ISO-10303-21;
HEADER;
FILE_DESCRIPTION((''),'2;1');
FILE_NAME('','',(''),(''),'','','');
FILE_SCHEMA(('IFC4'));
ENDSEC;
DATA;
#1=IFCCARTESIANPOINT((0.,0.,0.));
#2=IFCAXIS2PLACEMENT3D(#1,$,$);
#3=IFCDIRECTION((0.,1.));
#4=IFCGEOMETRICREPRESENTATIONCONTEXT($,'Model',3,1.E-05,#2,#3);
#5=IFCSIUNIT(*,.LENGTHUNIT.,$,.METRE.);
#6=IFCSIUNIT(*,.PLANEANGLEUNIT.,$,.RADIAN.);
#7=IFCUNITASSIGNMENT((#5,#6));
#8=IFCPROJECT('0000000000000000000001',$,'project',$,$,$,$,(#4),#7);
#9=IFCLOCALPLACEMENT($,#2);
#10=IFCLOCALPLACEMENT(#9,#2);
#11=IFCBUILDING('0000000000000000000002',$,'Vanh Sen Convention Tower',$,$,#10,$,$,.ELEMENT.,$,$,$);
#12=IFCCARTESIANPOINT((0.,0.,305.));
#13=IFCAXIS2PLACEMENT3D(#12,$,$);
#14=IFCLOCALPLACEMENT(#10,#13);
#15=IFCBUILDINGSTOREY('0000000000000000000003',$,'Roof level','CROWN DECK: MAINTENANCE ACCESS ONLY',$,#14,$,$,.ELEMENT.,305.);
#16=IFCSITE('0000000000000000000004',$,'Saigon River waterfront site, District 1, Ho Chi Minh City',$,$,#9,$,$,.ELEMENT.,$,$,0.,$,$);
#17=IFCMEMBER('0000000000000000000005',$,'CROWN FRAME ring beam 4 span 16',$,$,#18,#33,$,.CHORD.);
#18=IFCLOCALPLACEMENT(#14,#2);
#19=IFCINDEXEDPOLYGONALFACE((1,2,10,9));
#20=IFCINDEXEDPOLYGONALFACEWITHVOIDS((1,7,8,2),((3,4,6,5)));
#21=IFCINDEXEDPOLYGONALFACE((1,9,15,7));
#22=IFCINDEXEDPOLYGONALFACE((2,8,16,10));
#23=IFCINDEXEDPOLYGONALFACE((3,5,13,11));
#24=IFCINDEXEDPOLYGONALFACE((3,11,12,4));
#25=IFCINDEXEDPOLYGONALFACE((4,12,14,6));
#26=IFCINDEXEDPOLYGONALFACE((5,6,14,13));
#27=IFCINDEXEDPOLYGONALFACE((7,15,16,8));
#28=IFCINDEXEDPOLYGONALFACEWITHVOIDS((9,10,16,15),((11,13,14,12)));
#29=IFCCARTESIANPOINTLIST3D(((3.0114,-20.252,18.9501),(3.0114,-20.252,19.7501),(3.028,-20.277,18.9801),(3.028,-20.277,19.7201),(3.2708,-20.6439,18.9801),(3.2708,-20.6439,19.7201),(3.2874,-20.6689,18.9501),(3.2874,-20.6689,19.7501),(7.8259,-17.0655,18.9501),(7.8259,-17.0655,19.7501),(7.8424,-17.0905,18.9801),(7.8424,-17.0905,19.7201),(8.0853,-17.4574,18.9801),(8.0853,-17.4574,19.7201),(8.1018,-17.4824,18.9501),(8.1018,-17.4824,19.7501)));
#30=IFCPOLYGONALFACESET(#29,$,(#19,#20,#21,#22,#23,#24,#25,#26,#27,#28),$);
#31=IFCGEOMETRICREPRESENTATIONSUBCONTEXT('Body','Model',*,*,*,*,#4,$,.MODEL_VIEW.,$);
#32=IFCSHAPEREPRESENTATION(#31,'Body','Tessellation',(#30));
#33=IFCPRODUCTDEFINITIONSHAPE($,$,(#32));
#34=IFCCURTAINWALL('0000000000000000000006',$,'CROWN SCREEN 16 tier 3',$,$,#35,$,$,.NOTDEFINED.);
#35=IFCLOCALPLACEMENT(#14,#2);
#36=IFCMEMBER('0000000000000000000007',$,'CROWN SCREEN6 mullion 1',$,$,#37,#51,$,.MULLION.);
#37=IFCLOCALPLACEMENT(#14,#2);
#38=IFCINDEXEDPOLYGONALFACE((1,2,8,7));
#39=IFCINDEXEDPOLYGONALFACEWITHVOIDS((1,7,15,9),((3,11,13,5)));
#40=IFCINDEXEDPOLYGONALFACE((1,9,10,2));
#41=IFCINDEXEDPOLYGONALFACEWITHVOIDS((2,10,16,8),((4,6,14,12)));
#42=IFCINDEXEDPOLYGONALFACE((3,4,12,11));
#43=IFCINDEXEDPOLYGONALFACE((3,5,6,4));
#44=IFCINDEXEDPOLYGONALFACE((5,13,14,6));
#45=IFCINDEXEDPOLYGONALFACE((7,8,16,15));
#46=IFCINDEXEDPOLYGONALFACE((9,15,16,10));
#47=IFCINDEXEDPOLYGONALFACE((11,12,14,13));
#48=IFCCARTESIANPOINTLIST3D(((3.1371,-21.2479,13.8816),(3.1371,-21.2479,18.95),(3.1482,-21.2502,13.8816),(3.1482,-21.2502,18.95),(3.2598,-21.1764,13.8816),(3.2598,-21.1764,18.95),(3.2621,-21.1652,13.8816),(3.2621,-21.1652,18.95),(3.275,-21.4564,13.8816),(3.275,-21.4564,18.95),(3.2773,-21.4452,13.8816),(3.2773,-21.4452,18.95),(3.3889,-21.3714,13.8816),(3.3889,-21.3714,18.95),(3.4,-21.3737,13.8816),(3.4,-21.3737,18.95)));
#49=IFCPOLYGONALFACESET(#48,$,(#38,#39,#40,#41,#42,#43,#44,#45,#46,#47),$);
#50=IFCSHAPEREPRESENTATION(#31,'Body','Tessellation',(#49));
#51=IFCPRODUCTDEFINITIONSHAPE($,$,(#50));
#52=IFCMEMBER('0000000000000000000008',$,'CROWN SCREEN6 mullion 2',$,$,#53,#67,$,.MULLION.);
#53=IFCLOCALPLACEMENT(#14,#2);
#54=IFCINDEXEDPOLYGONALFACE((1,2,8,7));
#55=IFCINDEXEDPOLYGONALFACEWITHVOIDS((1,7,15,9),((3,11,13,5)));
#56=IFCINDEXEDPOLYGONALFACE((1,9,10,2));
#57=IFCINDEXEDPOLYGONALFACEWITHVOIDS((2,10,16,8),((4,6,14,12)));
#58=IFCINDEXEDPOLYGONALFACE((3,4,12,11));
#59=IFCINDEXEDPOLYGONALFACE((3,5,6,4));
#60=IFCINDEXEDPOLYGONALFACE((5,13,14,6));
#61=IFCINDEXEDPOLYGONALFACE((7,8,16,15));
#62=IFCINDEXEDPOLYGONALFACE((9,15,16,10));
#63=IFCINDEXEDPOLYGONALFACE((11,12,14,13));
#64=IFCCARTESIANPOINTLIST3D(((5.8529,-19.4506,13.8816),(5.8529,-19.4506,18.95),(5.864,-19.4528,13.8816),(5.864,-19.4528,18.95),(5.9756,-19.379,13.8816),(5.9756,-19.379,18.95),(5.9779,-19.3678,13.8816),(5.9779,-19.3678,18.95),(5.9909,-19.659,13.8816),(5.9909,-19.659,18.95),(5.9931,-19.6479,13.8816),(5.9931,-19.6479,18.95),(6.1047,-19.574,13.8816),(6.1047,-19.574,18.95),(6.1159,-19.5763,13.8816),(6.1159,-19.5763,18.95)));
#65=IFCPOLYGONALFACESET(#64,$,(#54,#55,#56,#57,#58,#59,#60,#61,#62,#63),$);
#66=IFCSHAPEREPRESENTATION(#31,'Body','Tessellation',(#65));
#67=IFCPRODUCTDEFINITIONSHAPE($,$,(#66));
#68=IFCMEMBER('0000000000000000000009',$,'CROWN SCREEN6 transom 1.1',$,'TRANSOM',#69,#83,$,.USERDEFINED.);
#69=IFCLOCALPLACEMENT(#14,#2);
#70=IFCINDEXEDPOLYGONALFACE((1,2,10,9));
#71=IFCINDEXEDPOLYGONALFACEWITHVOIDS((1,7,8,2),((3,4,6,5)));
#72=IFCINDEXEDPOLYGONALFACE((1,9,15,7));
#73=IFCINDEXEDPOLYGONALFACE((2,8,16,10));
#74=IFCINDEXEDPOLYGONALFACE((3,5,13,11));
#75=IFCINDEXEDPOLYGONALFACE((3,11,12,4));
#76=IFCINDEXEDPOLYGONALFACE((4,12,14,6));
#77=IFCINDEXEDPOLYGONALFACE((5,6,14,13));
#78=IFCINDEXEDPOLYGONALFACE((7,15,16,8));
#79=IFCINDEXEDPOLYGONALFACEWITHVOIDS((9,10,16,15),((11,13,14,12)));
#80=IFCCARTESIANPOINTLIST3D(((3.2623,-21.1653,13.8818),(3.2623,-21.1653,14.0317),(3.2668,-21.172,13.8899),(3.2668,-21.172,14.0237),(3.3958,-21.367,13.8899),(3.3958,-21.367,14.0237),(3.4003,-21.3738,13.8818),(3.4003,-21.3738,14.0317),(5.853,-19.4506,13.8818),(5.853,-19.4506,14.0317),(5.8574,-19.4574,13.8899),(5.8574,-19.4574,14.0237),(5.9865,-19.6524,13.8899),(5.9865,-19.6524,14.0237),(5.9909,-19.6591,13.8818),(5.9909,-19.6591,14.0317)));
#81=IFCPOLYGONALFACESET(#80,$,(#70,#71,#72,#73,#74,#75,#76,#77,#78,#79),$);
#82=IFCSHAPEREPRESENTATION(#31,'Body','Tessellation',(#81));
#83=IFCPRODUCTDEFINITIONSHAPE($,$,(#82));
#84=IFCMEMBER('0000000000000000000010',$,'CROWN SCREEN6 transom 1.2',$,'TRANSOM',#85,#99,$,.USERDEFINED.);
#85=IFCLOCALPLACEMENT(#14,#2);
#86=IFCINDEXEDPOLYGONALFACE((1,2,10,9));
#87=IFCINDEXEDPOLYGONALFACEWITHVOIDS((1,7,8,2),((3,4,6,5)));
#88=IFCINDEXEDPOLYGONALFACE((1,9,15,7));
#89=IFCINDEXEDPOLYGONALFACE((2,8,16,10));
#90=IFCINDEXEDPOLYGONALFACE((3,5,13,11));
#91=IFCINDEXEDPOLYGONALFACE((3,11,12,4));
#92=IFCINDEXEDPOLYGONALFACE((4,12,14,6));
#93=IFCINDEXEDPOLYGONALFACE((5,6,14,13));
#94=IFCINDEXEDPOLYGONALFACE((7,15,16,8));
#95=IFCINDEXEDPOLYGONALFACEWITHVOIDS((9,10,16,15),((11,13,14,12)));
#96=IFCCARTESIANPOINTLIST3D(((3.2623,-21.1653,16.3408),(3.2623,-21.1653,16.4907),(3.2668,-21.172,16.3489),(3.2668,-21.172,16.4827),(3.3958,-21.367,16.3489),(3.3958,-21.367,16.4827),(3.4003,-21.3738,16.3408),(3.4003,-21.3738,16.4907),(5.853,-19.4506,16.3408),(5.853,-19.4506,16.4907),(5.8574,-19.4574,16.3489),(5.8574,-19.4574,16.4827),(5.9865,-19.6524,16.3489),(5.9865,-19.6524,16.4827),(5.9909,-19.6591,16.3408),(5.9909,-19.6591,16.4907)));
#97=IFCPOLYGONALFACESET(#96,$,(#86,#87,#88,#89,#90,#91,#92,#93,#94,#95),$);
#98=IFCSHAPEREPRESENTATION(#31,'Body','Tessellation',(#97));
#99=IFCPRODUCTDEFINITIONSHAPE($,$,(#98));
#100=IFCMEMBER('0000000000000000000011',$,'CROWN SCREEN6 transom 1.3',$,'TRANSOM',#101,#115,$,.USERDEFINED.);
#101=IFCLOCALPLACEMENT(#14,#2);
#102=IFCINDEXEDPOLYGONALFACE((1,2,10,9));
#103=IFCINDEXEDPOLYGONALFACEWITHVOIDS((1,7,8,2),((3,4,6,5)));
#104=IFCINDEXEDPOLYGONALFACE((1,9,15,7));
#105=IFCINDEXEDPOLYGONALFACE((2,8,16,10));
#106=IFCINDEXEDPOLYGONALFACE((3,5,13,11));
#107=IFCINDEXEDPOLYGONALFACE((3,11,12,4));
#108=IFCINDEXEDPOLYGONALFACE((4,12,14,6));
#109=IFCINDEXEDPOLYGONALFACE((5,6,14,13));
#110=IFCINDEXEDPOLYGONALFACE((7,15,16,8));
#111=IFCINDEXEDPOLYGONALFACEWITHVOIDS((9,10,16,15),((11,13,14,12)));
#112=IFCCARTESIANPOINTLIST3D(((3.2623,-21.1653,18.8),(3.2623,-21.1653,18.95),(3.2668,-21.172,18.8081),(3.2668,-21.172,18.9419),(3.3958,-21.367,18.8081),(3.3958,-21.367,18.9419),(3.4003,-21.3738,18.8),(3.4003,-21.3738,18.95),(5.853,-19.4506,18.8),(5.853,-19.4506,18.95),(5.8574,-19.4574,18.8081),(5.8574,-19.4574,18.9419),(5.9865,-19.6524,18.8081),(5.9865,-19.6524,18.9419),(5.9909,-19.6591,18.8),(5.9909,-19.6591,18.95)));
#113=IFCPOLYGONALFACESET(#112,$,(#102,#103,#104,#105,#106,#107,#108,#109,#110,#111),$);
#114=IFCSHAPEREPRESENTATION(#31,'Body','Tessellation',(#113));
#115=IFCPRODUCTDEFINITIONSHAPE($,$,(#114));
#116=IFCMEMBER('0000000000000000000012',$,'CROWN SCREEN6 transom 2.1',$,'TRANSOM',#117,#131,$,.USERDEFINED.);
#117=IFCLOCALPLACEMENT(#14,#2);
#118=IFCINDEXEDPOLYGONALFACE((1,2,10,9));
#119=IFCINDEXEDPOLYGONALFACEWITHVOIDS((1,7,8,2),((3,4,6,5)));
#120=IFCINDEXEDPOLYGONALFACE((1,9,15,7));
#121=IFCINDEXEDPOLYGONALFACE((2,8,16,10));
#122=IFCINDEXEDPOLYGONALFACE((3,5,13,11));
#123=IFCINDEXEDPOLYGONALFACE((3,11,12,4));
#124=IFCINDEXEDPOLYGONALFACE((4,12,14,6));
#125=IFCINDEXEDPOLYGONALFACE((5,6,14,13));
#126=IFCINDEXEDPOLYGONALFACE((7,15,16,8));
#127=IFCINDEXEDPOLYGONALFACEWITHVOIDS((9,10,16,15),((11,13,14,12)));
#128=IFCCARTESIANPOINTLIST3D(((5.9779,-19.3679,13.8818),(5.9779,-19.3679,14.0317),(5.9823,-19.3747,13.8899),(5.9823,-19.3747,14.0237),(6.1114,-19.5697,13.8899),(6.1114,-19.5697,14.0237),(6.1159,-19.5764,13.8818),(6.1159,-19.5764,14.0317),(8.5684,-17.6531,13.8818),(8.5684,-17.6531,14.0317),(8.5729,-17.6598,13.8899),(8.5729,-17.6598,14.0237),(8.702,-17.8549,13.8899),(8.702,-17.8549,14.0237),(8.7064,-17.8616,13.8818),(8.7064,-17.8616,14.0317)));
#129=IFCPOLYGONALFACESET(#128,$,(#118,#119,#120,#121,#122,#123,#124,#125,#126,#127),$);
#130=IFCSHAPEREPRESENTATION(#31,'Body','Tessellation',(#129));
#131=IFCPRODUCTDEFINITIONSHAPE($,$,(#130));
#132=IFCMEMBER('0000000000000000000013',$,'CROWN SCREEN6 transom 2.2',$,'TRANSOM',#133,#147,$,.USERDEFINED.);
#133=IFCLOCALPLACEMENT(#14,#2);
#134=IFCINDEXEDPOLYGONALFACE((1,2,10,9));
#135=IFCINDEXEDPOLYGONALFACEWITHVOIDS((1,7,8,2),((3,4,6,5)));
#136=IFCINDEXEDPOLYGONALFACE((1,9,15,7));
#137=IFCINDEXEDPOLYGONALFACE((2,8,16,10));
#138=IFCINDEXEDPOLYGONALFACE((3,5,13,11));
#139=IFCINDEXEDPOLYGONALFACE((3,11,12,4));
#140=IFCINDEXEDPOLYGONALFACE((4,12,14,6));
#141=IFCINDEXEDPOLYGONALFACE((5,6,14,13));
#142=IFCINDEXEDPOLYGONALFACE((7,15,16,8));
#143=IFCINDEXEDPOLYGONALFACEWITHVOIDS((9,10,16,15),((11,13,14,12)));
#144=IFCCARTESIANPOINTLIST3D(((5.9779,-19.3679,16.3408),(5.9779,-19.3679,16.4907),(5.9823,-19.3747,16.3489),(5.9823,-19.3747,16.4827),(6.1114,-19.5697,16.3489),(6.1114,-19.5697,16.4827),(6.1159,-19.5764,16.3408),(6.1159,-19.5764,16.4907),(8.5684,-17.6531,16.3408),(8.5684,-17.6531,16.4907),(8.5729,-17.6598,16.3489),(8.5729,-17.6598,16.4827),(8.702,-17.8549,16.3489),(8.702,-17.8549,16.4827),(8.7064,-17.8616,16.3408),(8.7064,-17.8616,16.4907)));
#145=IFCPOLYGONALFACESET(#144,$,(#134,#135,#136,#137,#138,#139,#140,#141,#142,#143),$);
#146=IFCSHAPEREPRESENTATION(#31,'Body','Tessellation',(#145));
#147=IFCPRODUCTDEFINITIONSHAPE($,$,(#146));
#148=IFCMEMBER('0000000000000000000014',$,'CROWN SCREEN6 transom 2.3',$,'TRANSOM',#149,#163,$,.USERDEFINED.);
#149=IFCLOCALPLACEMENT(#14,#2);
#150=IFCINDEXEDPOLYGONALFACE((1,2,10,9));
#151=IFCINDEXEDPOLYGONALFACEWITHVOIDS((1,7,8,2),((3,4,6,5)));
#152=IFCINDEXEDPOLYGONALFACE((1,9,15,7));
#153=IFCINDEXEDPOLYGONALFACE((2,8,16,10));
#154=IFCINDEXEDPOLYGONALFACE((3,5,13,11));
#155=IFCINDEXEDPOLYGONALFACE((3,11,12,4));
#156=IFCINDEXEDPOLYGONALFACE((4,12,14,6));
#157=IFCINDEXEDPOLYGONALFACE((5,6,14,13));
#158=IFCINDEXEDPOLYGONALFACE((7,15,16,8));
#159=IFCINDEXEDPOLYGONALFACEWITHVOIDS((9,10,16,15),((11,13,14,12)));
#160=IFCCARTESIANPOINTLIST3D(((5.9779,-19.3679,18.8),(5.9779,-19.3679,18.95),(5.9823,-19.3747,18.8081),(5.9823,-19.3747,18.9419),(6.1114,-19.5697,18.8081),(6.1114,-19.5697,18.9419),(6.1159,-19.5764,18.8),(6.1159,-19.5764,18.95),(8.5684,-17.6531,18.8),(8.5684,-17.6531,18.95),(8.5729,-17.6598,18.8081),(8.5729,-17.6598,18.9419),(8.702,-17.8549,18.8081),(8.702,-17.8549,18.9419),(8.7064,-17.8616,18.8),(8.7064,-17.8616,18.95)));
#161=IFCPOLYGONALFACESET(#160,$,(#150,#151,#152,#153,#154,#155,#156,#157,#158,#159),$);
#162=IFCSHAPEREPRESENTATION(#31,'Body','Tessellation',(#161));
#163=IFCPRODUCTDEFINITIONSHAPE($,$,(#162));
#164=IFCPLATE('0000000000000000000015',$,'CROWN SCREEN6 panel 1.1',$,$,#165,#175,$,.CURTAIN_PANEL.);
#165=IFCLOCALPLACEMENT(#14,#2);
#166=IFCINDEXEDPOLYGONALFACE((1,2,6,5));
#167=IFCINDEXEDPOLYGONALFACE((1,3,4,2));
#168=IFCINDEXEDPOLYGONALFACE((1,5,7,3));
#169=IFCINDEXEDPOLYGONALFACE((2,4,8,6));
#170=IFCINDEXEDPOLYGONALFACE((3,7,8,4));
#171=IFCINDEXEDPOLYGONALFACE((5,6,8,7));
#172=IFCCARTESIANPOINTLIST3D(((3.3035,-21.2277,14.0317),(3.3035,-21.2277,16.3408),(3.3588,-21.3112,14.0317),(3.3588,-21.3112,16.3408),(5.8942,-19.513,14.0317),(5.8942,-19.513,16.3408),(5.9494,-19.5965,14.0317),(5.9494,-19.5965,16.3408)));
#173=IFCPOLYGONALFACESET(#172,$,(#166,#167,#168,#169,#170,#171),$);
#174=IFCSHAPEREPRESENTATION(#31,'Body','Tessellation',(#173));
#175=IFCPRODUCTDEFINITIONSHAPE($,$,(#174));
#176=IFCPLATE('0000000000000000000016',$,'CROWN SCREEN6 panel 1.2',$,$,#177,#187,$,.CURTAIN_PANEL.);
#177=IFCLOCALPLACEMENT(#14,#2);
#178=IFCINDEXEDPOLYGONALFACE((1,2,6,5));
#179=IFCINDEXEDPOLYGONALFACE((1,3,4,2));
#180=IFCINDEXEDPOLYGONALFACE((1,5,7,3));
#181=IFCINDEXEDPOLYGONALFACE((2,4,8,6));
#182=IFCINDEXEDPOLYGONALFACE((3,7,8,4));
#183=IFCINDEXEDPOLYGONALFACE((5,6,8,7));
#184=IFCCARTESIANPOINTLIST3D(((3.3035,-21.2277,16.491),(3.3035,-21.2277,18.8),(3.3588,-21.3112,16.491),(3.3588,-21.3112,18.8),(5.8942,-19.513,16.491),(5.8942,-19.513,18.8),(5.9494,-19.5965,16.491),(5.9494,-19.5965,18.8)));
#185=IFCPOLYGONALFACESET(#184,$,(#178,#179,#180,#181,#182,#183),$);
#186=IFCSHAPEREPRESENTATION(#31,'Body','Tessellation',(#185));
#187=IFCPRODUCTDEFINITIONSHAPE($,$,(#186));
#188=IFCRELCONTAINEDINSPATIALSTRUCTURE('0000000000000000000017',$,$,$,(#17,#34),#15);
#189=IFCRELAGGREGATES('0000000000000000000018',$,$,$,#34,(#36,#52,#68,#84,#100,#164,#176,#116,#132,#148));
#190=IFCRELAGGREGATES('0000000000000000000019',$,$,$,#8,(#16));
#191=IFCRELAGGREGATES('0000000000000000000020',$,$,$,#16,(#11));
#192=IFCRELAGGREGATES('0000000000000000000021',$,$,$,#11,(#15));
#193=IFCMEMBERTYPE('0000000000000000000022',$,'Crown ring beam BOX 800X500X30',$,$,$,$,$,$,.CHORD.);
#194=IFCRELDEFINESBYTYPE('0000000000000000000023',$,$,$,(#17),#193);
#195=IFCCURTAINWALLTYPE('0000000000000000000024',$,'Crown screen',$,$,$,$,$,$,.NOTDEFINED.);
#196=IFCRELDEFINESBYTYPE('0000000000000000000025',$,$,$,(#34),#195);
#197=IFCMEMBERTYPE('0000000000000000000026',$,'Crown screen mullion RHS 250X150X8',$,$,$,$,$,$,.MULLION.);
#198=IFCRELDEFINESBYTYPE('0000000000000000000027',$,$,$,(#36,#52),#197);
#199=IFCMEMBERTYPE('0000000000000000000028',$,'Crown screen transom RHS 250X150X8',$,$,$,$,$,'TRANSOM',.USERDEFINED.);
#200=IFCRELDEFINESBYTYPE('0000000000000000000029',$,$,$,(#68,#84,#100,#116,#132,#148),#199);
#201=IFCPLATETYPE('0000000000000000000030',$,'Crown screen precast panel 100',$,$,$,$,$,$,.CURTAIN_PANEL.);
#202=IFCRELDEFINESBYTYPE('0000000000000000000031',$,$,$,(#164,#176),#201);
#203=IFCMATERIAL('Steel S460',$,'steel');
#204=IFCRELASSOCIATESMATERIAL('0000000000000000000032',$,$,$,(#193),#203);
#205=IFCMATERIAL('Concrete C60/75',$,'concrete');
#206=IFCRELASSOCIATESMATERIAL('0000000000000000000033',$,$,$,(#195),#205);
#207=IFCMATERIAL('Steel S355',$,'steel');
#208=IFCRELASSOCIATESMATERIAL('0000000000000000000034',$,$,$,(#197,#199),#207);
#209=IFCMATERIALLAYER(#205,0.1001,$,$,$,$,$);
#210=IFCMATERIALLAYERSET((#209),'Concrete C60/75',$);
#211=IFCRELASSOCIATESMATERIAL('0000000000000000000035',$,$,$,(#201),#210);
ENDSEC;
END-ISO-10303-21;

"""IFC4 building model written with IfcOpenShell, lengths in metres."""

from ifc_helpers import new_model, si_unit, direction, frame, origin, origin_2d, place, context, subcontext, project, spatial, rectangle, hollow_rectangle, extrude, material, layer, layer_set, material_profile, profile_set, type_object, element, aggregate, save


model = new_model("IFC4")

# Units and contexts
model_context = context("Model", 3, precision=1e-05, world=origin(), true_north=direction((0.0, 1.0)))
body_context = subcontext(model_context, "Body", "Model", "MODEL_VIEW")
ifc_project = project(units=[si_unit("LENGTHUNIT", "METRE"), si_unit("PLANEANGLEUNIT", "RADIAN")], contexts=[model_context])

# Site, building, storey
site_placement = place(None, origin())
site = spatial("IfcSite", under=ifc_project, at=site_placement, Name="Saigon River waterfront site, District 1, Ho Chi Minh City", CompositionType="ELEMENT", RefElevation=0.0)
building_placement = place(site_placement, origin())
building = spatial("IfcBuilding", under=site, at=building_placement, Name="Vanh Sen Convention Tower", CompositionType="ELEMENT")
storey_placement = place(building_placement, frame((0.0, 0.0, 305.0)))
storey = spatial("IfcBuildingStorey", under=building, at=storey_placement, Name="Roof level", Description="CROWN DECK: MAINTENANCE ACCESS ONLY", CompositionType="ELEMENT", Elevation=305.0)

# Member
ifc_material_1 = material(Name="Steel S460", Category="steel")
ifc_material_profile_1 = material_profile(ifc_material_1, hollow_rectangle(XDim=0.5, YDim=0.8, WallThickness=0.03, at=origin_2d()), Name="BOX 800X500X30")
ifc_profile_set_1 = profile_set([ifc_material_profile_1], Name="Steel S460")
member_type_1 = type_object("IfcMemberType", Name="Crown ring beam BOX 800X500X30", PredefinedType="CHORD", material=ifc_profile_set_1)
member_1_placement = place(storey_placement, frame((3.1494, -20.4604, 19.3501), z_axis=(0.833893, 0.551926, 0.0), x_axis=(-0.551926, 0.833893, 0.0)))
element("IfcMember", 1, at=member_1_placement, inside=storey, type_object=member_type_1, Name="CROWN FRAME ring beam 4 span 16", PredefinedType="CHORD", context=body_context, shape_type="SweptSolid", body=[
    extrude(hollow_rectangle(XDim=0.5, YDim=0.8, WallThickness=0.03, at=origin_2d()), origin(), (0.0, 0.0, 1.0), 5.7734),
])

# Curtain wall, members, plates
ifc_material_2 = material(Name="Concrete C60/75", Category="concrete")
curtain_wall_type = type_object("IfcCurtainWallType", Name="Crown screen", PredefinedType="NOTDEFINED", material=ifc_material_2)
curtain_wall_placement = place(storey_placement, origin())
curtain_wall = element("IfcCurtainWall", 2, at=curtain_wall_placement, inside=storey, type_object=curtain_wall_type, Name="CROWN SCREEN 16 tier 3", PredefinedType="NOTDEFINED")
ifc_material_3 = material(Name="Steel S355", Category="steel")
ifc_material_profile_2 = material_profile(ifc_material_3, hollow_rectangle(XDim=0.25, YDim=0.1499, WallThickness=0.0081, at=origin_2d()), Name="RHS 250X150X8")
ifc_profile_set_2 = profile_set([ifc_material_profile_2], Name="Steel S355")
member_type_2 = type_object("IfcMemberType", Name="Crown screen mullion RHS 250X150X8", PredefinedType="MULLION", material=ifc_profile_set_2)
member_2_placement = place(storey_placement, frame((3.2686, -21.3108, 13.8816), z_axis=(0.0, 0.0, 1.0), x_axis=(-0.55193, 0.83389, 0.0)))
member_2 = element("IfcMember", 3, at=member_2_placement, type_object=member_type_2, Name="CROWN SCREEN6 mullion 1", PredefinedType="MULLION", context=body_context, shape_type="SweptSolid", body=[
    extrude(hollow_rectangle(XDim=0.25, YDim=0.1499, WallThickness=0.0081, at=origin_2d()), origin(), (0.0, 0.0, 1.0), 5.0684),
])
member_3_placement = place(storey_placement, frame((5.9844, -19.5134, 13.8816), z_axis=(0.0, 0.0, 1.0), x_axis=(-0.55193, 0.83389, 0.0)))
member_3 = element("IfcMember", 4, at=member_3_placement, type_object=member_type_2, Name="CROWN SCREEN6 mullion 2", PredefinedType="MULLION", context=body_context, shape_type="SweptSolid", body=[
    extrude(hollow_rectangle(XDim=0.25, YDim=0.1499, WallThickness=0.0081, at=origin_2d()), origin(), (0.0, 0.0, 1.0), 5.0684),
])
ifc_material_profile_3 = material_profile(ifc_material_3, hollow_rectangle(XDim=0.25, YDim=0.1499, WallThickness=0.0081, at=origin_2d()), Name="RHS 250X150X8")
ifc_profile_set_3 = profile_set([ifc_material_profile_3], Name="Steel S355")
member_type_3 = type_object("IfcMemberType", Name="Crown screen transom RHS 250X150X8", ElementType="TRANSOM", PredefinedType="USERDEFINED", material=ifc_profile_set_3)
member_4_placement = place(storey_placement, frame((3.3313, -21.2695, 13.9568), z_axis=(0.833896, 0.551922, 0.0), x_axis=(-0.551922, 0.833896, 0.0)))
member_4 = element("IfcMember", 5, at=member_4_placement, type_object=member_type_3, Name="CROWN SCREEN6 transom 1.1", ObjectType="TRANSOM", PredefinedType="USERDEFINED", context=body_context, shape_type="SweptSolid", body=[
    extrude(hollow_rectangle(XDim=0.25, YDim=0.1499, WallThickness=0.0081, at=origin_2d()), origin(), (0.0, 0.0, 1.0), 3.1067),
])
member_5_placement = place(storey_placement, frame((3.3313, -21.2695, 16.4158), z_axis=(0.833896, 0.551922, 0.0), x_axis=(-0.551922, 0.833896, 0.0)))
member_5 = element("IfcMember", 6, at=member_5_placement, type_object=member_type_3, Name="CROWN SCREEN6 transom 1.2", ObjectType="TRANSOM", PredefinedType="USERDEFINED", context=body_context, shape_type="SweptSolid", body=[
    extrude(hollow_rectangle(XDim=0.25, YDim=0.1499, WallThickness=0.0081, at=origin_2d()), origin(), (0.0, 0.0, 1.0), 3.1067),
])
member_6_placement = place(storey_placement, frame((3.3313, -21.2695, 18.875), z_axis=(0.833896, 0.551922, 0.0), x_axis=(-0.551922, 0.833896, 0.0)))
member_6 = element("IfcMember", 7, at=member_6_placement, type_object=member_type_3, Name="CROWN SCREEN6 transom 1.3", ObjectType="TRANSOM", PredefinedType="USERDEFINED", context=body_context, shape_type="SweptSolid", body=[
    extrude(hollow_rectangle(XDim=0.25, YDim=0.1499, WallThickness=0.0081, at=origin_2d()), origin(), (0.0, 0.0, 1.0), 3.1067),
])
member_7_placement = place(storey_placement, frame((6.0469, -19.4722, 13.9568), z_axis=(0.833859, 0.551977, 0.0), x_axis=(-0.551977, 0.833859, 0.0)))
member_7 = element("IfcMember", 8, at=member_7_placement, type_object=member_type_3, Name="CROWN SCREEN6 transom 2.1", ObjectType="TRANSOM", PredefinedType="USERDEFINED", context=body_context, shape_type="SweptSolid", body=[
    extrude(hollow_rectangle(XDim=0.25, YDim=0.1499, WallThickness=0.0081, at=origin_2d()), origin(), (0.0, 0.0, 1.0), 3.1067),
])
member_8_placement = place(storey_placement, frame((6.0469, -19.4722, 16.4158), z_axis=(0.833859, 0.551977, 0.0), x_axis=(-0.551977, 0.833859, 0.0)))
member_8 = element("IfcMember", 9, at=member_8_placement, type_object=member_type_3, Name="CROWN SCREEN6 transom 2.2", ObjectType="TRANSOM", PredefinedType="USERDEFINED", context=body_context, shape_type="SweptSolid", body=[
    extrude(hollow_rectangle(XDim=0.25, YDim=0.1499, WallThickness=0.0081, at=origin_2d()), origin(), (0.0, 0.0, 1.0), 3.1067),
])
member_9_placement = place(storey_placement, frame((6.0469, -19.4722, 18.875), z_axis=(0.833859, 0.551977, 0.0), x_axis=(-0.551977, 0.833859, 0.0)))
member_9 = element("IfcMember", 10, at=member_9_placement, type_object=member_type_3, Name="CROWN SCREEN6 transom 2.3", ObjectType="TRANSOM", PredefinedType="USERDEFINED", context=body_context, shape_type="SweptSolid", body=[
    extrude(hollow_rectangle(XDim=0.25, YDim=0.1499, WallThickness=0.0081, at=origin_2d()), origin(), (0.0, 0.0, 1.0), 3.1067),
])
ifc_layer_1 = layer(ifc_material_2, 0.1001)
ifc_layer_set_1 = layer_set([ifc_layer_1], Name="Concrete C60/75")
plate_type = type_object("IfcPlateType", Name="Crown screen precast panel 100", PredefinedType="CURTAIN_PANEL", material=ifc_layer_set_1)
plate_1_placement = place(storey_placement, frame((4.6265, -20.4121, 14.0317), z_axis=(0.0, 0.0, 1.0), x_axis=(0.83389, 0.55193, 0.0)))
plate_1 = element("IfcPlate", 11, at=plate_1_placement, type_object=plate_type, Name="CROWN SCREEN6 panel 1.1", PredefinedType="CURTAIN_PANEL", context=body_context, shape_type="SweptSolid", body=[
    extrude(rectangle(XDim=3.1067, YDim=0.1001, at=origin_2d()), origin(), (0.0, 0.0, 1.0), 2.3091),
])
plate_2_placement = place(storey_placement, frame((4.6265, -20.4121, 16.491), z_axis=(0.0, 0.0, 1.0), x_axis=(0.83389, 0.55193, 0.0)))
plate_2 = element("IfcPlate", 12, at=plate_2_placement, type_object=plate_type, Name="CROWN SCREEN6 panel 1.2", PredefinedType="CURTAIN_PANEL", context=body_context, shape_type="SweptSolid", body=[
    extrude(rectangle(XDim=3.1067, YDim=0.1001, at=origin_2d()), origin(), (0.0, 0.0, 1.0), 2.3091),
])
aggregate(curtain_wall, [member_2, member_3, member_4, member_5, member_6, plate_1, plate_2, member_7, member_8, member_9])

save(model, "model.ifc")
